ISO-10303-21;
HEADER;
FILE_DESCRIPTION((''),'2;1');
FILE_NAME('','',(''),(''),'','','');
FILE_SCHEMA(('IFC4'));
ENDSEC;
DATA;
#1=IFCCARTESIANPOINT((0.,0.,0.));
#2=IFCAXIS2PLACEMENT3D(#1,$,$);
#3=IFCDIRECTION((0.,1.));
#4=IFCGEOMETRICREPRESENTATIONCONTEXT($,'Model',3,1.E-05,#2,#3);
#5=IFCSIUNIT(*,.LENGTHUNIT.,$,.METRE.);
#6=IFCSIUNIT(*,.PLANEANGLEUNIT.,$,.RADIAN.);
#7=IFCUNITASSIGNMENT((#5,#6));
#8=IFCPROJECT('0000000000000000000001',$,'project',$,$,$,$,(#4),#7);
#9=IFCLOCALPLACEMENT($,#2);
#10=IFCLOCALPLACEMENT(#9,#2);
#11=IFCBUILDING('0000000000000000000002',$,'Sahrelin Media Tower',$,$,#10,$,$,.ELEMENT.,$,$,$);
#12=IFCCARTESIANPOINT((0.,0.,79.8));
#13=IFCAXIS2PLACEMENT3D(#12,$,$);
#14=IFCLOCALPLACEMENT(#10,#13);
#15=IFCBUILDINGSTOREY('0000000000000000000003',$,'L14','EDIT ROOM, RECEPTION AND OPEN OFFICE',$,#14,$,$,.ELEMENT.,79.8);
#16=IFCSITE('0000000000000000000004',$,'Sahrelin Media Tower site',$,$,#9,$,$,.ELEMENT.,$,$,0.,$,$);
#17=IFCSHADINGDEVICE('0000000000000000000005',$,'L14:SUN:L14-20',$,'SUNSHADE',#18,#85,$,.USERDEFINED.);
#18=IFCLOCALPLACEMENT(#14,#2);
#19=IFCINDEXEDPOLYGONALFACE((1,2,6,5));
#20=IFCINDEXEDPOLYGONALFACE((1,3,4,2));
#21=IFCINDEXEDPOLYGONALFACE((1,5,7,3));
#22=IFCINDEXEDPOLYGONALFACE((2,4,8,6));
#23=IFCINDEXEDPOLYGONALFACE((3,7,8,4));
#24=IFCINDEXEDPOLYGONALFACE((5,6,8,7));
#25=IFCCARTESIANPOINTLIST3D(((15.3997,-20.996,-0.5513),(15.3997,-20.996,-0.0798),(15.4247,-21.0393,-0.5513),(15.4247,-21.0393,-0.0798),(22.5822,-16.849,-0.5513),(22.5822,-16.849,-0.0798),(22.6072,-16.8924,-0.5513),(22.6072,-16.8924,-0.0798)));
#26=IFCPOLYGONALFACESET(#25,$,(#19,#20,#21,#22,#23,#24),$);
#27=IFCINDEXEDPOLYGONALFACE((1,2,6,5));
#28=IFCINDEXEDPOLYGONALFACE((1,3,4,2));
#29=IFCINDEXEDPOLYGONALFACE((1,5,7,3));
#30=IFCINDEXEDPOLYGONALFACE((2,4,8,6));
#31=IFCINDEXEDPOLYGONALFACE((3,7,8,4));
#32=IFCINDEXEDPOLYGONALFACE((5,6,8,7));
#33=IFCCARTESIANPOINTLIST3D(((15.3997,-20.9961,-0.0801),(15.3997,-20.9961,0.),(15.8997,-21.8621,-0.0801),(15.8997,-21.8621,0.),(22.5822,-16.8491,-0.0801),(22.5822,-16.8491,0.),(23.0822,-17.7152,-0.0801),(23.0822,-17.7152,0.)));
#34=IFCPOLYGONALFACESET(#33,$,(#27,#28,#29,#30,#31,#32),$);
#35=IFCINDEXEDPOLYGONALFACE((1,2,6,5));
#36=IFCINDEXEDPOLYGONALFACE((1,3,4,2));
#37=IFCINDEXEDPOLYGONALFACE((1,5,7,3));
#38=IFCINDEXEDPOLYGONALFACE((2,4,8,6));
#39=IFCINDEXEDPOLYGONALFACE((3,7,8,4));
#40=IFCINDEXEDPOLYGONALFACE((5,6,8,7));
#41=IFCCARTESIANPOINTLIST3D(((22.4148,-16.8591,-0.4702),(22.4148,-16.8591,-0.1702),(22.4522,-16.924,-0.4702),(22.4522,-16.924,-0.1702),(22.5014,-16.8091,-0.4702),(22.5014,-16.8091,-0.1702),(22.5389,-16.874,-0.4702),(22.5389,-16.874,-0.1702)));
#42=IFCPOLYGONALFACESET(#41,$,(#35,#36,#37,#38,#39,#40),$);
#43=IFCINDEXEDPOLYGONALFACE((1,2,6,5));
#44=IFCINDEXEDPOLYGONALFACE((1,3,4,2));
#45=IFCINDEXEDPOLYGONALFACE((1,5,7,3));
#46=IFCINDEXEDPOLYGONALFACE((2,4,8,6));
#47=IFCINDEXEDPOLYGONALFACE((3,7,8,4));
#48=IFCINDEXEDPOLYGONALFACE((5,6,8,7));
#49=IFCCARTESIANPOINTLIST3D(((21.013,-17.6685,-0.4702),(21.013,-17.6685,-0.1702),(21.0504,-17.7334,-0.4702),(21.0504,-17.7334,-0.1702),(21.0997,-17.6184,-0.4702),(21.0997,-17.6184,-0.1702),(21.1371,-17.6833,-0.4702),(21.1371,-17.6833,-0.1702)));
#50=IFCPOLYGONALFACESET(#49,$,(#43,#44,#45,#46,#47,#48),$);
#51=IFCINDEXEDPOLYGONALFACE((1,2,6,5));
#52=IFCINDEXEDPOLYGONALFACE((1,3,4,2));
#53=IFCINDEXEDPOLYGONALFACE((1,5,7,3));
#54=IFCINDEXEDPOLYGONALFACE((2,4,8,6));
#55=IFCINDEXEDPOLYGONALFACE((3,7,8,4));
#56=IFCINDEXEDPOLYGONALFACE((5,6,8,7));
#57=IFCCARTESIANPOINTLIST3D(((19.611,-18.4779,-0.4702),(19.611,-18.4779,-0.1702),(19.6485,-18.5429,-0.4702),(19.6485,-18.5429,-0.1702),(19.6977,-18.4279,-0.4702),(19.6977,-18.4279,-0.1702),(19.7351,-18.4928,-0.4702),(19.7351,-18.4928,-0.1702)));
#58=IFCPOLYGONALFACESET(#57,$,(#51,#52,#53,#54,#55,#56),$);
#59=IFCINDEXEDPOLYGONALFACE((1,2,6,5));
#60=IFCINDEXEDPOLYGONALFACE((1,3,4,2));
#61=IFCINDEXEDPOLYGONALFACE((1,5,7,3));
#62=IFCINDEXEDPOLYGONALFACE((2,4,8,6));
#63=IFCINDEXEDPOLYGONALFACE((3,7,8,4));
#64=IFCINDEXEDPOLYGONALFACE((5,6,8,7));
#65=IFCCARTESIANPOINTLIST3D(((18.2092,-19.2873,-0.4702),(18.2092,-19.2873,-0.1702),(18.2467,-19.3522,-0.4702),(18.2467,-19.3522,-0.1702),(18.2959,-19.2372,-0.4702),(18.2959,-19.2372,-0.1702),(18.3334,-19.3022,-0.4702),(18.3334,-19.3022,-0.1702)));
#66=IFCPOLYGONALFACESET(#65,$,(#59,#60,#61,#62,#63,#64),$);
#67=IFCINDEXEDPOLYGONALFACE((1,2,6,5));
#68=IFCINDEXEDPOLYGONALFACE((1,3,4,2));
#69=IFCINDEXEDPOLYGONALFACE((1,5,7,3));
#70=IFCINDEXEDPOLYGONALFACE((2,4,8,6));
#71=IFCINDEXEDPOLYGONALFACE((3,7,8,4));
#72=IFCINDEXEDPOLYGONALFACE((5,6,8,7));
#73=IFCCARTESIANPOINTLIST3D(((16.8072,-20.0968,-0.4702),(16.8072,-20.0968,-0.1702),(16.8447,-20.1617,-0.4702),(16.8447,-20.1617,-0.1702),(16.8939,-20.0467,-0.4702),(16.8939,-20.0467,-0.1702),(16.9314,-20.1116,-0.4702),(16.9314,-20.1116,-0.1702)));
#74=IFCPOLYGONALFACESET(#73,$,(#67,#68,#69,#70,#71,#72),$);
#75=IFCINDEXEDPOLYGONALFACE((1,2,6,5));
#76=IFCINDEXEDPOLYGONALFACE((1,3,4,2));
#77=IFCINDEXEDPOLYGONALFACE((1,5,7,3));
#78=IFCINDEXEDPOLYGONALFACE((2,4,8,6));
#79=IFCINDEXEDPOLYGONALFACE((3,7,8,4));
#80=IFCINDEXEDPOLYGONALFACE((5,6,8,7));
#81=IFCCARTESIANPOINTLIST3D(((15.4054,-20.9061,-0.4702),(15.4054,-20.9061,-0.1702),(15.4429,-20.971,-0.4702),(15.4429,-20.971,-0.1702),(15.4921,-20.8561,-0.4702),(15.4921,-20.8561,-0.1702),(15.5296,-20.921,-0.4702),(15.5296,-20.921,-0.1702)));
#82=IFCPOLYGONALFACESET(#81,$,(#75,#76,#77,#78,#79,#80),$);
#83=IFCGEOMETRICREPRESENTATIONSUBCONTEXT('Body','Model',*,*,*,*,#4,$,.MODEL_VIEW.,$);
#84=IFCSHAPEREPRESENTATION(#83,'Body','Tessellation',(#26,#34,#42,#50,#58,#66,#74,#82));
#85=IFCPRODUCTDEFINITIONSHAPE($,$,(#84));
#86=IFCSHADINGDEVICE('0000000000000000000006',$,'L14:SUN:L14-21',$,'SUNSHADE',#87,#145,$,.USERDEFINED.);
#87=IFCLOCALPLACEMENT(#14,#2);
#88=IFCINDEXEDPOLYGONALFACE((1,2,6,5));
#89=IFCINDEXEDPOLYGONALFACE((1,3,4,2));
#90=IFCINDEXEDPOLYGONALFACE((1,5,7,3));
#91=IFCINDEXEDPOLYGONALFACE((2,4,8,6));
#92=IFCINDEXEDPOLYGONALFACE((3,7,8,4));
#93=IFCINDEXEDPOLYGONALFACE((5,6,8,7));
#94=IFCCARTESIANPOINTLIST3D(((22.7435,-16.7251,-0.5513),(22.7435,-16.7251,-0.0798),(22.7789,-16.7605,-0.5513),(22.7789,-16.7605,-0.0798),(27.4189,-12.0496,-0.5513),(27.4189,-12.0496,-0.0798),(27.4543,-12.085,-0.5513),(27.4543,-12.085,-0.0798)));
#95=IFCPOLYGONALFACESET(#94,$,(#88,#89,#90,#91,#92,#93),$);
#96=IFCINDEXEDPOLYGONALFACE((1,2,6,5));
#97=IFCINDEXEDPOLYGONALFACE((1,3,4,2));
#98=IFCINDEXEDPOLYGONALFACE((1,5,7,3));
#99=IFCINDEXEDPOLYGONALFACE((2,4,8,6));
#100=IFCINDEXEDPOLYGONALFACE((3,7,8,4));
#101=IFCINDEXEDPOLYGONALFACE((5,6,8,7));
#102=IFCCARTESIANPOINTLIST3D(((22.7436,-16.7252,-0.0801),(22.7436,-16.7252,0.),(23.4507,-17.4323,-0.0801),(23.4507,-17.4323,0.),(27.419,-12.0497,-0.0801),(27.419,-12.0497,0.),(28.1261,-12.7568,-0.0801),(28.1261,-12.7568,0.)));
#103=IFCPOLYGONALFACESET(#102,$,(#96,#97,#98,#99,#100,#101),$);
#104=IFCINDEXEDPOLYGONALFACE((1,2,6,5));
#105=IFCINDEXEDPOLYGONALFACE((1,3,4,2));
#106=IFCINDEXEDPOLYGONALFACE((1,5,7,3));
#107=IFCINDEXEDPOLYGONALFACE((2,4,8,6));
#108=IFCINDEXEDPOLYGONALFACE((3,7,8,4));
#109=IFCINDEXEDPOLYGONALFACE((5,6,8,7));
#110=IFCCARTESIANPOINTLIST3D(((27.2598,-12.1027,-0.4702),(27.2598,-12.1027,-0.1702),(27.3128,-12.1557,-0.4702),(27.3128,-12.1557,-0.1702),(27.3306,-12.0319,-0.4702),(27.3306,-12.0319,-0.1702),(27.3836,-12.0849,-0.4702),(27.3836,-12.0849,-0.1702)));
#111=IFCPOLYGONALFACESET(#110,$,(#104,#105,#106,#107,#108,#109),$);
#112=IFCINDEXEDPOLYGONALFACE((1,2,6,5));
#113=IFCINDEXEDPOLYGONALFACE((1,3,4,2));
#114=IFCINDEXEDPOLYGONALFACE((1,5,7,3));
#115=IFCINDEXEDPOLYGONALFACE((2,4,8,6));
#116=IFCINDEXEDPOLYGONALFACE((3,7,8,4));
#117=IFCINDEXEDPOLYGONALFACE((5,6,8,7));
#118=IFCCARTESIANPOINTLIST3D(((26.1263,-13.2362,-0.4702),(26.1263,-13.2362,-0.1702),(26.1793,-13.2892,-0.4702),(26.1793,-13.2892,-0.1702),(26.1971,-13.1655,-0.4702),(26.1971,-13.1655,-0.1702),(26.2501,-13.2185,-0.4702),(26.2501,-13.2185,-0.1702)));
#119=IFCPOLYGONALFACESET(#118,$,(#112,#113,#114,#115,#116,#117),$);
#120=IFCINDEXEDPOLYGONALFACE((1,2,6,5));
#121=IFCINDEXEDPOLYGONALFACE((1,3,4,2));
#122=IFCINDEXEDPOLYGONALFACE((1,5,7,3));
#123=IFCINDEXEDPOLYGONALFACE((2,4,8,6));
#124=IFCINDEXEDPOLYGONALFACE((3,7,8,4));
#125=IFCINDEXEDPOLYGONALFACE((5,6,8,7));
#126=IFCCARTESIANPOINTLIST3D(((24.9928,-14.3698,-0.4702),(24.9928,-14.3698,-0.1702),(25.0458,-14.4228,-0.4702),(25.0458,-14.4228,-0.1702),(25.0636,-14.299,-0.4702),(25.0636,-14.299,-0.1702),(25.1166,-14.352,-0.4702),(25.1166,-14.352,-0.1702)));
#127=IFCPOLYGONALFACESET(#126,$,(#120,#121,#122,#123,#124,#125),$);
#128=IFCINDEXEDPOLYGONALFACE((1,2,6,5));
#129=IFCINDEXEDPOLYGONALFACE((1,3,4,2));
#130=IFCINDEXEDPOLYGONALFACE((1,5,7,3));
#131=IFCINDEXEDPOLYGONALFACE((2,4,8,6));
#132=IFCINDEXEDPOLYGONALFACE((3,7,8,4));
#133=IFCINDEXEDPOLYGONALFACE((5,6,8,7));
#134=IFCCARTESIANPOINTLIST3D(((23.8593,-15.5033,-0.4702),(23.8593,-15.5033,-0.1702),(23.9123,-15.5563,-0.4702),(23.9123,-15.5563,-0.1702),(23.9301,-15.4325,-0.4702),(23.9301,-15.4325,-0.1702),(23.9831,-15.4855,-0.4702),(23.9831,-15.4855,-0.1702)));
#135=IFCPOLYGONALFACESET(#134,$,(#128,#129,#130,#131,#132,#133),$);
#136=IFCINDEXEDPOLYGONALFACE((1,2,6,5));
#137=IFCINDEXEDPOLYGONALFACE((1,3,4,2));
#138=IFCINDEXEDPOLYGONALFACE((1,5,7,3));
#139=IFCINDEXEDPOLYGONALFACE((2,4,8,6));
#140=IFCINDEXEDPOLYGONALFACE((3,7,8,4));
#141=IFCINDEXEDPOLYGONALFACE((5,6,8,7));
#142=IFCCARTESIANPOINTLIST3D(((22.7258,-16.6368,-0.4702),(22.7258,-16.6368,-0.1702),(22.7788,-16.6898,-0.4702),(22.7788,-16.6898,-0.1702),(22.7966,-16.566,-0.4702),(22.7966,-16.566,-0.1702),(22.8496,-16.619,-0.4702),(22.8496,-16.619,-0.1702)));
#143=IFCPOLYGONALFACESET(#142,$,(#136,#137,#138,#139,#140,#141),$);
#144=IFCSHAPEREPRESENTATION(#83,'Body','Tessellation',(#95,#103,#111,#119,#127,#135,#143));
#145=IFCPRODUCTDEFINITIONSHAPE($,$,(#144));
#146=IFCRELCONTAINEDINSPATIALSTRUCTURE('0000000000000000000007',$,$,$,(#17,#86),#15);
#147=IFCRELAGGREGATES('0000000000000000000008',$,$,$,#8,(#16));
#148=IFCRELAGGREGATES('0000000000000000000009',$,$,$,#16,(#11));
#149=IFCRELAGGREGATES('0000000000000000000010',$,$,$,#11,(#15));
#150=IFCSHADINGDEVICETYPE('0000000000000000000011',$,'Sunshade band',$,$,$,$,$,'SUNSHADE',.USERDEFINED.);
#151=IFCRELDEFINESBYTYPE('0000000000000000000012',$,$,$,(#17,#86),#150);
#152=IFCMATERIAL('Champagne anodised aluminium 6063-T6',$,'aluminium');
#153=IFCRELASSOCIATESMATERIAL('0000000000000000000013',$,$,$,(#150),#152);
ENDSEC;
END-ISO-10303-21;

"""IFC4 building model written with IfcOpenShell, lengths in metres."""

from ifc_helpers import new_model, si_unit, direction, frame, origin, origin_2d, place, context, subcontext, project, spatial, rectangle, extrude, material, type_object, element, save


model = new_model("IFC4")

# Units and contexts
model_context = context("Model", 3, precision=1e-05, world=origin(), true_north=direction((0.0, 1.0)))
body_context = subcontext(model_context, "Body", "Model", "MODEL_VIEW")
ifc_project = project(units=[si_unit("LENGTHUNIT", "METRE"), si_unit("PLANEANGLEUNIT", "RADIAN")], contexts=[model_context])

# Site, building, storey
site_placement = place(None, origin())
site = spatial("IfcSite", under=ifc_project, at=site_placement, Name="Sahrelin Media Tower site", CompositionType="ELEMENT", RefElevation=0.0)
building_placement = place(site_placement, origin())
building = spatial("IfcBuilding", under=site, at=building_placement, Name="Sahrelin Media Tower", CompositionType="ELEMENT")
storey_placement = place(building_placement, frame((0.0, 0.0, 79.8)))
storey = spatial("IfcBuildingStorey", under=building, at=storey_placement, Name="L14", Description="EDIT ROOM, RECEPTION AND OPEN OFFICE", CompositionType="ELEMENT", Elevation=79.8)

# Shared definitions
ifc_material_1 = material(Name="Champagne anodised aluminium 6063-T6", Category="aluminium")

# Shading devices
placement_1 = place(storey_placement, frame((18.981, -18.9053, 0.0), z_axis=(0.0, 0.0, 1.0), x_axis=(-0.866019, -0.500011, 0.0)))
placement_2 = place(storey_placement, frame((25.0671, -14.3733, 0.0), z_axis=(0.0, 0.0, 1.0), x_axis=(-0.707107, -0.707107, 0.0)))
shading_device_type_1 = type_object("IfcShadingDeviceType", Name="Sunshade band", ElementType="SUNSHADE", PredefinedType="USERDEFINED", material=ifc_material_1)
element("IfcShadingDevice", 1, at=placement_1, inside=storey, type_object=shading_device_type_1, Name="L14:SUN:L14-20", ObjectType="SUNSHADE", PredefinedType="USERDEFINED", context=body_context, shape_type="SweptSolid", body=[
    extrude(rectangle(XDim=8.2937, YDim=0.05, at=origin_2d()), frame((0.0, 0.0449, -0.5513)), (0.0, 0.0, 1.0), 0.4714),
    extrude(rectangle(XDim=8.2937, YDim=1.0, at=origin_2d()), frame((0.0, 0.52, -0.0801)), (0.0, 0.0, 1.0), 0.0801),
    extrude(rectangle(XDim=0.1001, YDim=0.075, at=origin_2d()), frame((-4.0469, -0.0176, -0.4702)), (0.0, 0.0, 1.0), 0.3),
    extrude(rectangle(XDim=0.1001, YDim=0.075, at=origin_2d()), frame((-2.4282, -0.0176, -0.4702)), (0.0, 0.0, 1.0), 0.3),
    extrude(rectangle(XDim=0.1001, YDim=0.075, at=origin_2d()), frame((-0.8093, -0.0176, -0.4702)), (0.0, 0.0, 1.0), 0.3),
    extrude(rectangle(XDim=0.1001, YDim=0.075, at=origin_2d()), frame((0.8093, -0.0176, -0.4702)), (0.0, 0.0, 1.0), 0.3),
    extrude(rectangle(XDim=0.1001, YDim=0.075, at=origin_2d()), frame((2.4282, -0.0176, -0.4702)), (0.0, 0.0, 1.0), 0.3),
    extrude(rectangle(XDim=0.1001, YDim=0.075, at=origin_2d()), frame((4.0469, -0.0176, -0.4702)), (0.0, 0.0, 1.0), 0.3),
])
element("IfcShadingDevice", 2, at=placement_2, inside=storey, type_object=shading_device_type_1, Name="L14:SUN:L14-21", ObjectType="SUNSHADE", PredefinedType="USERDEFINED", context=body_context, shape_type="SweptSolid", body=[
    extrude(rectangle(XDim=6.6121, YDim=0.05, at=origin_2d()), frame((0.0, 0.0449, -0.5513)), (0.0, 0.0, 1.0), 0.4714),
    extrude(rectangle(XDim=6.6121, YDim=1.0, at=origin_2d()), frame((0.0, 0.52, -0.0801)), (0.0, 0.0, 1.0), 0.0801),
    extrude(rectangle(XDim=0.1001, YDim=0.075, at=origin_2d()), frame((-3.2061, -0.0176, -0.4702)), (0.0, 0.0, 1.0), 0.3),
    extrude(rectangle(XDim=0.1001, YDim=0.075, at=origin_2d()), frame((-1.603, -0.0176, -0.4702)), (0.0, 0.0, 1.0), 0.3),
    extrude(rectangle(XDim=0.1001, YDim=0.075, at=origin_2d()), frame((0.0, -0.0176, -0.4702)), (0.0, 0.0, 1.0), 0.3),
    extrude(rectangle(XDim=0.1001, YDim=0.075, at=origin_2d()), frame((1.603, -0.0176, -0.4702)), (0.0, 0.0, 1.0), 0.3),
    extrude(rectangle(XDim=0.1001, YDim=0.075, at=origin_2d()), frame((3.2061, -0.0176, -0.4702)), (0.0, 0.0, 1.0), 0.3),
])

save(model, "model.ifc")
